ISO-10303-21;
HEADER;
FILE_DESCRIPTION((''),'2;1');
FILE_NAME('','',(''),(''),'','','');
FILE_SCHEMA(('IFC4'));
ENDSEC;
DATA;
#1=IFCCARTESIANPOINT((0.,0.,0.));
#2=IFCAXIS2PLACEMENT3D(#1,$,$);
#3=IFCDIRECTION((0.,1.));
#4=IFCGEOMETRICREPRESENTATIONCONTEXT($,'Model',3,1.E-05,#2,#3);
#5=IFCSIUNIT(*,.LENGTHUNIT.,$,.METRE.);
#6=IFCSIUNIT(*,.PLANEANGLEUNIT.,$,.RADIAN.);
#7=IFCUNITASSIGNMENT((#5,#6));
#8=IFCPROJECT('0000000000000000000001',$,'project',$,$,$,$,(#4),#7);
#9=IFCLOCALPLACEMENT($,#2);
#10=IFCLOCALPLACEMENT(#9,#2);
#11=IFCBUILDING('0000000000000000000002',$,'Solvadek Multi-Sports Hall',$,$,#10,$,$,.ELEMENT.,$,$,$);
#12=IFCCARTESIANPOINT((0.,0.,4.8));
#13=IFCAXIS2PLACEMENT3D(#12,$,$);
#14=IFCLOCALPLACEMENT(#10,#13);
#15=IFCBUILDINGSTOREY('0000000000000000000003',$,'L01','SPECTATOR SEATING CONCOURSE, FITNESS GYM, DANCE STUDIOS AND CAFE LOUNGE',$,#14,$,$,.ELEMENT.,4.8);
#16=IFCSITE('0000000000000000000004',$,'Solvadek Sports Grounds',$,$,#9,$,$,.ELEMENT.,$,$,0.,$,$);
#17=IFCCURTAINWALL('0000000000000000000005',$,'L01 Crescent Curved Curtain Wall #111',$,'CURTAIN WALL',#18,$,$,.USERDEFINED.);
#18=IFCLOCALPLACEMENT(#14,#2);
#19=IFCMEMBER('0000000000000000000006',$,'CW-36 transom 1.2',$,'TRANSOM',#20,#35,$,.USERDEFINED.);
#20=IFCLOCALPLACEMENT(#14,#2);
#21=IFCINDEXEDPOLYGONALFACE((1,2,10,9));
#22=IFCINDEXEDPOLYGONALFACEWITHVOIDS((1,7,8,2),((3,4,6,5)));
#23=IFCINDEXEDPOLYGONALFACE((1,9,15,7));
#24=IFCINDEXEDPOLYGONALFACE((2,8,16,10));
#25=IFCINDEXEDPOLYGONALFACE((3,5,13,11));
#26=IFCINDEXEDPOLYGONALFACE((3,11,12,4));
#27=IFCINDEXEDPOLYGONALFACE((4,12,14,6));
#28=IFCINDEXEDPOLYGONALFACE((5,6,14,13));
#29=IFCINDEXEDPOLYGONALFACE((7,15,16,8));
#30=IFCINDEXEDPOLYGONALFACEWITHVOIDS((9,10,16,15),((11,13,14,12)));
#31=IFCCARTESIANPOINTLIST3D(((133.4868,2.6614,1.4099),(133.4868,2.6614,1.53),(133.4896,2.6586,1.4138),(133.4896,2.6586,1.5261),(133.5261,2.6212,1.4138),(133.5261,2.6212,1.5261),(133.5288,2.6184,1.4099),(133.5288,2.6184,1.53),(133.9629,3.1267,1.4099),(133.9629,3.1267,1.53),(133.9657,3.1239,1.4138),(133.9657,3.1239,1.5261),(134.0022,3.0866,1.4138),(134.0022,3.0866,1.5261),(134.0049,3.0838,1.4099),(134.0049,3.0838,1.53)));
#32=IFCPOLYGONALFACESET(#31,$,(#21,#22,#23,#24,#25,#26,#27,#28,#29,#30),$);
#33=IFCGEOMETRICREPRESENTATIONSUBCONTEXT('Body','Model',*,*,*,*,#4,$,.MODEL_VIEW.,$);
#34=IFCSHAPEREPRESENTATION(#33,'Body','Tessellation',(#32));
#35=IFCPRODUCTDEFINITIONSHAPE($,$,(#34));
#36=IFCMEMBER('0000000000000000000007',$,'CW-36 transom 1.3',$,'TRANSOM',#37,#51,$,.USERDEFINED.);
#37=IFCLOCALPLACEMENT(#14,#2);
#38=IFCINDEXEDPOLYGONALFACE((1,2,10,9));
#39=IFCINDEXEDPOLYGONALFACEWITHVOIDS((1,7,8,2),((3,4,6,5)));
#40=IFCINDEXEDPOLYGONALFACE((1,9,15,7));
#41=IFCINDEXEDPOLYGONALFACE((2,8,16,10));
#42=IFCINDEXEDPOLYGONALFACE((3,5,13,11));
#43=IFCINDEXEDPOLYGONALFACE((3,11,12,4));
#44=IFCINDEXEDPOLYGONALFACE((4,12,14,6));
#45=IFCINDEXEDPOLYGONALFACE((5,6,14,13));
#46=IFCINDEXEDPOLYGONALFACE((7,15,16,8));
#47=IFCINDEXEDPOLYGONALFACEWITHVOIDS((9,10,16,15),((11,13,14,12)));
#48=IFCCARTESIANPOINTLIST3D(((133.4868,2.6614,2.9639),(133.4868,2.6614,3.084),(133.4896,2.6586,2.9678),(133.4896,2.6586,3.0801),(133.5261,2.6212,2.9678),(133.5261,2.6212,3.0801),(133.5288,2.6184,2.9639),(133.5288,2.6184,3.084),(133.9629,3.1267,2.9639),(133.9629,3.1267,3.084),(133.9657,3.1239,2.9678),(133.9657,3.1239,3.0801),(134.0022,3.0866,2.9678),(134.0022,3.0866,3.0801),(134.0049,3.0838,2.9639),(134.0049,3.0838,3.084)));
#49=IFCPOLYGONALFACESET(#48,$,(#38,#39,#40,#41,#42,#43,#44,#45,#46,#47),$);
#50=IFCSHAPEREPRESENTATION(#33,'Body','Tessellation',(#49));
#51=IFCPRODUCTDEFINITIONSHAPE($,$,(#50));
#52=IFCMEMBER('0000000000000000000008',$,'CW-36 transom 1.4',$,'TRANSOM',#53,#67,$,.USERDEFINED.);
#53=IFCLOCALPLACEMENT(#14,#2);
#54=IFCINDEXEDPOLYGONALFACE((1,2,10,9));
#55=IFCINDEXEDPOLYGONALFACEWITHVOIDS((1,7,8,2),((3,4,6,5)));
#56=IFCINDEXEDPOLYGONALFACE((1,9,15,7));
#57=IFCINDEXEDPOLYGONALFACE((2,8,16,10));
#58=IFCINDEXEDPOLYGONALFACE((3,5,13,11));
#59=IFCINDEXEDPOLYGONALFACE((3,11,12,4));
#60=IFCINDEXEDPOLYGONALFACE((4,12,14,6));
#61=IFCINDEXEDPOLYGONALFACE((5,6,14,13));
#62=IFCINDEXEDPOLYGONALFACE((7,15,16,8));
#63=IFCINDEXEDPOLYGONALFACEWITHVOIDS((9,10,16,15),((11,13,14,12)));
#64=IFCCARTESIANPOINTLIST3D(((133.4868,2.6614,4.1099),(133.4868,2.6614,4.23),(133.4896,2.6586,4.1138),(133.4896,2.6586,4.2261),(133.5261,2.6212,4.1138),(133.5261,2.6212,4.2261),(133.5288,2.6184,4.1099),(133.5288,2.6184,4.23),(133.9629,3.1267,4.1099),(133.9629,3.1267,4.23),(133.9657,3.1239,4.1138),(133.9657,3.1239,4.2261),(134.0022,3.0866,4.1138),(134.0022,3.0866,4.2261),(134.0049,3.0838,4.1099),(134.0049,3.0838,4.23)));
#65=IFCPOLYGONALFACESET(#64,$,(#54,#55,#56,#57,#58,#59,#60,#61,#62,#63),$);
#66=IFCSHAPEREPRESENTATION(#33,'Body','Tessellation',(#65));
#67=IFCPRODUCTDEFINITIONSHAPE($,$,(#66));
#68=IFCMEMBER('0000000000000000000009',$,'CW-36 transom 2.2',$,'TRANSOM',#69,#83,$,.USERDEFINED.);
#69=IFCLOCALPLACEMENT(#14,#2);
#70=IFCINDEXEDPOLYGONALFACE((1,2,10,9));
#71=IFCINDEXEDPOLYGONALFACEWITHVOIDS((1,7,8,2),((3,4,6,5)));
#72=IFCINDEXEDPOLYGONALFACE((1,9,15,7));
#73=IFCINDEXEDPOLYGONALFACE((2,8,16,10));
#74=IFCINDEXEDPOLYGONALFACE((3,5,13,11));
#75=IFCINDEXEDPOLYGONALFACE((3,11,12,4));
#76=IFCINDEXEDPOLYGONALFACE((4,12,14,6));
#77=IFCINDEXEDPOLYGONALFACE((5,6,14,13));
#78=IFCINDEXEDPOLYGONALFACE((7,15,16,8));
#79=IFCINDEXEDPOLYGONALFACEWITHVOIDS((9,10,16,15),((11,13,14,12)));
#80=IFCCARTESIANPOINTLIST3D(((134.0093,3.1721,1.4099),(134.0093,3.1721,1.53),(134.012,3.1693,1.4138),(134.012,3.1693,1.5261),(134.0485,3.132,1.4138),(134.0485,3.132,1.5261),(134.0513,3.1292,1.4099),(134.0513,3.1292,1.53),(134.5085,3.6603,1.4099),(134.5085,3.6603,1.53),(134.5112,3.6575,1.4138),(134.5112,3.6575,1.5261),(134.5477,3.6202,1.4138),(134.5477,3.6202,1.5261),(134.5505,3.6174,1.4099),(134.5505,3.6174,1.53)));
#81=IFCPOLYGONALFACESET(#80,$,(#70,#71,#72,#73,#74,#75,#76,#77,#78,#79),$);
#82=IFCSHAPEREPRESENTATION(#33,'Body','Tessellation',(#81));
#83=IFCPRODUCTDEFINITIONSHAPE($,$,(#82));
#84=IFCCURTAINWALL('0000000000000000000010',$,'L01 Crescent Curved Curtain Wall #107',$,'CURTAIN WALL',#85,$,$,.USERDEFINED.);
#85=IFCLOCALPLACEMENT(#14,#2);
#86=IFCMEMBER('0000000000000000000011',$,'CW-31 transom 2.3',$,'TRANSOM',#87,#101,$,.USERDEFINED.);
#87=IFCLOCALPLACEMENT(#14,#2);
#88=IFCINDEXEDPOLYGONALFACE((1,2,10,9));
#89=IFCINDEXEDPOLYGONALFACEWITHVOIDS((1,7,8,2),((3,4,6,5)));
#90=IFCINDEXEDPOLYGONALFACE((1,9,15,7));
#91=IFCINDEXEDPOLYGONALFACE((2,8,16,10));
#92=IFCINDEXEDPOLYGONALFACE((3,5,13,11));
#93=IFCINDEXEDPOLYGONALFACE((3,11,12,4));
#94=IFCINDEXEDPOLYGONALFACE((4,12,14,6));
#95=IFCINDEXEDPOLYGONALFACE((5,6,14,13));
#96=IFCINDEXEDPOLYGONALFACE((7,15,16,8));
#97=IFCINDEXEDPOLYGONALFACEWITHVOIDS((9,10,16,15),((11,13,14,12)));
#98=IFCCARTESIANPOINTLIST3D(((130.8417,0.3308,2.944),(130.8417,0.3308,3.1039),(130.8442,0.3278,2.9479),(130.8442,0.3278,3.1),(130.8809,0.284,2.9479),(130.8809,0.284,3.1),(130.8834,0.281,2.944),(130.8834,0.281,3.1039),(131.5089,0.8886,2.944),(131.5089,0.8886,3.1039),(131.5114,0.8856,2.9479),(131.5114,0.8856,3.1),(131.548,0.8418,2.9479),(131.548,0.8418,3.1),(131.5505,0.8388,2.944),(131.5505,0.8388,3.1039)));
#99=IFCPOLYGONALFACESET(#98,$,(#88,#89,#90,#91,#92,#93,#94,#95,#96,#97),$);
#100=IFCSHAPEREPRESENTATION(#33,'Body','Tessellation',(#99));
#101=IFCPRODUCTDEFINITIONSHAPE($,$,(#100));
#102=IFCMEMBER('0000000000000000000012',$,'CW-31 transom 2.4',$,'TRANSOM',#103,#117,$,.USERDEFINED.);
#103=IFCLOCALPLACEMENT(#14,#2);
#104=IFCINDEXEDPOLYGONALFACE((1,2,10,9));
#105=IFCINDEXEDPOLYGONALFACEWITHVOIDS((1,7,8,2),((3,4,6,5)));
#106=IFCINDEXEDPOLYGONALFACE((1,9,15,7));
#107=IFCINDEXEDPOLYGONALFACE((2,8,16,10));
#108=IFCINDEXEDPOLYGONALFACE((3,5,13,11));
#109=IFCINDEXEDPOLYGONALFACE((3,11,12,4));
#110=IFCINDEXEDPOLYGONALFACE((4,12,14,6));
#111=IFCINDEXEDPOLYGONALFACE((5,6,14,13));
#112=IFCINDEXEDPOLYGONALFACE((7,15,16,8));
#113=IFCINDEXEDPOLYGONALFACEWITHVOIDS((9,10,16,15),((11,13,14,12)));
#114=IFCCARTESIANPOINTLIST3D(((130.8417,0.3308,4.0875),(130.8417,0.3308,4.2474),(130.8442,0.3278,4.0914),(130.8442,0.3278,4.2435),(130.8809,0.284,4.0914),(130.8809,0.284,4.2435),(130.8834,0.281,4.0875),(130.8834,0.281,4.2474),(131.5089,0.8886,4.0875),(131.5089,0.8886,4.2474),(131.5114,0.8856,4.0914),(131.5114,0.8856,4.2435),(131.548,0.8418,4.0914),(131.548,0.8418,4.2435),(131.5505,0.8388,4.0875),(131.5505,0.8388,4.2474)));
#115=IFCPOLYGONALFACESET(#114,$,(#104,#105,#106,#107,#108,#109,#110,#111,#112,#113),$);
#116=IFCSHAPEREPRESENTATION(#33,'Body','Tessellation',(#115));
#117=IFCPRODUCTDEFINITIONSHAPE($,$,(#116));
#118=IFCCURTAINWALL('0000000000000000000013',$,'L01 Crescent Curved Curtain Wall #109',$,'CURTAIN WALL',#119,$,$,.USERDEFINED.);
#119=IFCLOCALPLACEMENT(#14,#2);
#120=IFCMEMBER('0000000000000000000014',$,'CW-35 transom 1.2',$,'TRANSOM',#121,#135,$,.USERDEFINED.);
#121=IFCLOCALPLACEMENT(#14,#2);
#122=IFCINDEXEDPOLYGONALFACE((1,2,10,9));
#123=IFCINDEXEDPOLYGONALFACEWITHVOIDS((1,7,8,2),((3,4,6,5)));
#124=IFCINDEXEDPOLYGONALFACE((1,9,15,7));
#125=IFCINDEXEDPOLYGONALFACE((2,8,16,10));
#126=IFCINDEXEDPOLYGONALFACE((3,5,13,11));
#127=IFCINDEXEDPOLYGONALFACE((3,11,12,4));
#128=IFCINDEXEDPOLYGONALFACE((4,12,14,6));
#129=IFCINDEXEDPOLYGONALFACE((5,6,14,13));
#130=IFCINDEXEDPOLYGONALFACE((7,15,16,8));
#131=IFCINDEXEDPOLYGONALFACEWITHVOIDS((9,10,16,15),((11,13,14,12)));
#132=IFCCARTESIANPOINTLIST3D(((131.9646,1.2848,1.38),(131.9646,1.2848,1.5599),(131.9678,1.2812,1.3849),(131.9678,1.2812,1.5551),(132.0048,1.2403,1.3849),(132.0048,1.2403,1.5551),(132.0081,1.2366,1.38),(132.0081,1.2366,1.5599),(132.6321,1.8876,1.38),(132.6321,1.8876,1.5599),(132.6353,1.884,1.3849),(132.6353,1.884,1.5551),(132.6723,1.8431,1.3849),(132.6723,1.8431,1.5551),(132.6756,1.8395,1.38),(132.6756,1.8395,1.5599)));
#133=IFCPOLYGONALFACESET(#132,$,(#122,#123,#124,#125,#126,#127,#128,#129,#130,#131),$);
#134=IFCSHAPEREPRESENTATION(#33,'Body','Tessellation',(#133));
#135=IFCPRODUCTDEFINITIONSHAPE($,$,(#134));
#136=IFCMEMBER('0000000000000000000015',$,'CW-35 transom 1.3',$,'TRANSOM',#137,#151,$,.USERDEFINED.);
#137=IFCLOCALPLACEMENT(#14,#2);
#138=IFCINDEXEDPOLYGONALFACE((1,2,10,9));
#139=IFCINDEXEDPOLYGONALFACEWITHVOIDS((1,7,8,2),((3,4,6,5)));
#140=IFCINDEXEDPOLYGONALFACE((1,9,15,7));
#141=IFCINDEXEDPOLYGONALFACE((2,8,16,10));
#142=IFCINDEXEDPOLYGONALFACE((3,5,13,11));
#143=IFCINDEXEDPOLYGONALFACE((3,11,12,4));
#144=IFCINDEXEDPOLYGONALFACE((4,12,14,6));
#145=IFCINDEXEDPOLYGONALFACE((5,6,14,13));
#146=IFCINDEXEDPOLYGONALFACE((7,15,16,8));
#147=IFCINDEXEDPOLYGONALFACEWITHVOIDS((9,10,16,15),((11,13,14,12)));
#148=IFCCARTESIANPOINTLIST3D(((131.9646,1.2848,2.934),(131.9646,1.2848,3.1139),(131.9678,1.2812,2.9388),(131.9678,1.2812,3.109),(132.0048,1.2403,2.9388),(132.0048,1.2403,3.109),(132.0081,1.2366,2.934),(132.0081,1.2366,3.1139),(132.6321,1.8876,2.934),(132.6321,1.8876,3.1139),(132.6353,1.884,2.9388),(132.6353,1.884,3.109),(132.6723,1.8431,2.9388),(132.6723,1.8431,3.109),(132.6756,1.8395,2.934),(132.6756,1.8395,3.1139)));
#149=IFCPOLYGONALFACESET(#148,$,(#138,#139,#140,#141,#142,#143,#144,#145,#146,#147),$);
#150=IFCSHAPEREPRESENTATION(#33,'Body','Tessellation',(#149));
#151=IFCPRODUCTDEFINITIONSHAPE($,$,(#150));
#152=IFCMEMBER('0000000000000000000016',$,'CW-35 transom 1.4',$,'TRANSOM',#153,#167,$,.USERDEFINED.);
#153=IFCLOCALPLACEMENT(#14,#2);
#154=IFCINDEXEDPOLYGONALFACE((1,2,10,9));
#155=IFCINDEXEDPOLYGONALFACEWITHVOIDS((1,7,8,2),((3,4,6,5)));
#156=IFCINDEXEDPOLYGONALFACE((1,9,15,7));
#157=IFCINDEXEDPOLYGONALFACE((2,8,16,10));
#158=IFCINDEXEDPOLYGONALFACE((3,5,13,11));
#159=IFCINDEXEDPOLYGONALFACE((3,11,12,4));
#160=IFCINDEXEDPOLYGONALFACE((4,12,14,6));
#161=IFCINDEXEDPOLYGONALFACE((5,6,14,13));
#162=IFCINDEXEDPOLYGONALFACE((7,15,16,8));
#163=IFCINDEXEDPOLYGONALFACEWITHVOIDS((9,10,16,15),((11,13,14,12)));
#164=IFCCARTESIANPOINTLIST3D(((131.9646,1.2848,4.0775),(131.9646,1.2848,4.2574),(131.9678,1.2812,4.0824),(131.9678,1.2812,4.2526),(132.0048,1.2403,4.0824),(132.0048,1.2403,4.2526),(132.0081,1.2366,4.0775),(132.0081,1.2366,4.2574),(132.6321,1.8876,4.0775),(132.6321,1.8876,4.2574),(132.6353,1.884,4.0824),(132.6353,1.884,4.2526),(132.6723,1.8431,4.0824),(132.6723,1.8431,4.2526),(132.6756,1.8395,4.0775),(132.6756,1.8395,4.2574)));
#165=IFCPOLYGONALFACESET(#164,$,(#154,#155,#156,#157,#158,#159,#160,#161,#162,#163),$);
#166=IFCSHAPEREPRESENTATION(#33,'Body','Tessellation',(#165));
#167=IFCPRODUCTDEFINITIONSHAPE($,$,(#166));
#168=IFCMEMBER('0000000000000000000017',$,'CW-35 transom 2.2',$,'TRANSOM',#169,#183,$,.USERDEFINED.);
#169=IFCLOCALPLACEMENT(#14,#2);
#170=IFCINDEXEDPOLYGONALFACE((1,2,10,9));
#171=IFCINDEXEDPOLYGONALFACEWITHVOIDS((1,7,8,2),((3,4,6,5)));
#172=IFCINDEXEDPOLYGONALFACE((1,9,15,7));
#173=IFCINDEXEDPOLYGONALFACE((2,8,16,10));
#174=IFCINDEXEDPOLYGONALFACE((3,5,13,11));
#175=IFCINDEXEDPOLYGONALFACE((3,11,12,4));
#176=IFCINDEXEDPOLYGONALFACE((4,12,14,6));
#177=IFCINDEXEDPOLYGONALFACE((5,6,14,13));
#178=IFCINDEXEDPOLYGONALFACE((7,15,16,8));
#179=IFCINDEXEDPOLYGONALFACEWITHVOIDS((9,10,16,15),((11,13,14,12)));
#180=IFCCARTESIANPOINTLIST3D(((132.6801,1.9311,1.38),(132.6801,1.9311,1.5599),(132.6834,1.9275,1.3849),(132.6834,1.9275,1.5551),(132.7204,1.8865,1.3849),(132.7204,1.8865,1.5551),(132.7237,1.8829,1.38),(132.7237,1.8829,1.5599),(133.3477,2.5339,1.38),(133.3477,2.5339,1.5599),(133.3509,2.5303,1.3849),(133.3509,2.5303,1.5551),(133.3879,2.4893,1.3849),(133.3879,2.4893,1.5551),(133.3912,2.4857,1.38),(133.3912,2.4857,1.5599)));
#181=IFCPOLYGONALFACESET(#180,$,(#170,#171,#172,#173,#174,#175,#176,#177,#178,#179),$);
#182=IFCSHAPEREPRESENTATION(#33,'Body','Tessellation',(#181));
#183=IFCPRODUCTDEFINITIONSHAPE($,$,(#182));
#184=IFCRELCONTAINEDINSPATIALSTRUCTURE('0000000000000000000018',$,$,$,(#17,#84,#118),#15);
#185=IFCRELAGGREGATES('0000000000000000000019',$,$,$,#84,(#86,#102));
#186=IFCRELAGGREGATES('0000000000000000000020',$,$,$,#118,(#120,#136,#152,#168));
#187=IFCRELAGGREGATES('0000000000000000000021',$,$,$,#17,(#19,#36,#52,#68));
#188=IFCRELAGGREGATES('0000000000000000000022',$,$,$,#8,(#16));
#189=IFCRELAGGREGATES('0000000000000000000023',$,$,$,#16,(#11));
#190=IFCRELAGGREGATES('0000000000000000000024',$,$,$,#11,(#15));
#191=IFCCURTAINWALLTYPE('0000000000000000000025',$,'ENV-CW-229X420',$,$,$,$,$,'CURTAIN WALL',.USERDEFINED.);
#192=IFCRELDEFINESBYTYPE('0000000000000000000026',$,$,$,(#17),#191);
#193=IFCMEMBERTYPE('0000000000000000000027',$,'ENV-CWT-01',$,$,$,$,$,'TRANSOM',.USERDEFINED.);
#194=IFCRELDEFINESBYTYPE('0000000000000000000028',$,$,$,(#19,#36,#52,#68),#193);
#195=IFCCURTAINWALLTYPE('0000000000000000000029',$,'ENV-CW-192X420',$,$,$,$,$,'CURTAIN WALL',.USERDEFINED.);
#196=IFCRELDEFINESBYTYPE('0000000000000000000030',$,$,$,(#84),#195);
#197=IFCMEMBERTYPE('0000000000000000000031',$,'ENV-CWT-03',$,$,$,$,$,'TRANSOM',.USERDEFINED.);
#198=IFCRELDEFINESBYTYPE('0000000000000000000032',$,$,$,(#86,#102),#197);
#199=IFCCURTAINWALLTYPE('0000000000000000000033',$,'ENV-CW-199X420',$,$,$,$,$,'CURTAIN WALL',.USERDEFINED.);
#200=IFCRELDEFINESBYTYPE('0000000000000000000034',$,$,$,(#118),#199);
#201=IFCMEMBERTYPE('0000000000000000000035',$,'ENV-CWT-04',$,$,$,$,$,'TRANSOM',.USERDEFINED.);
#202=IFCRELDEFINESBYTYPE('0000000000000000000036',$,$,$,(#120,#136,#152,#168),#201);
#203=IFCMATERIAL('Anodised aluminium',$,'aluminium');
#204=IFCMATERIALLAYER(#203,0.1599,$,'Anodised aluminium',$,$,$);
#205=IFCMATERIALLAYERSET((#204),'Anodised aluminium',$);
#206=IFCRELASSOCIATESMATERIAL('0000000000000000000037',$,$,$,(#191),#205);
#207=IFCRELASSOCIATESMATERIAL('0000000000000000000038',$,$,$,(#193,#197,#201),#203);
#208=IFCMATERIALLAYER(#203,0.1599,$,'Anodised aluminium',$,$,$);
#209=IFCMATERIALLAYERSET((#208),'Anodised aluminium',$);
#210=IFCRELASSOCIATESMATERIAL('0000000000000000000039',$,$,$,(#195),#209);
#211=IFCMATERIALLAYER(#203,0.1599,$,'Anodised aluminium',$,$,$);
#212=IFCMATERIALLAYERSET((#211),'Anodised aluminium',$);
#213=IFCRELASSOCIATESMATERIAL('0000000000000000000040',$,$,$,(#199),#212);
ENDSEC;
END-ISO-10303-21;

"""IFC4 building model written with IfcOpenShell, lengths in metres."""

from ifc_helpers import new_model, si_unit, direction, frame, origin, origin_2d, place, context, subcontext, project, spatial, hollow_rectangle, extrude, material, layer, layer_set, material_profile, profile_set, type_object, element, aggregate, save


model = new_model("IFC4")

# Units and contexts
model_context = context("Model", 3, precision=1e-05, world=origin(), true_north=direction((0.0, 1.0)))
body_context = subcontext(model_context, "Body", "Model", "MODEL_VIEW")
ifc_project = project(units=[si_unit("LENGTHUNIT", "METRE"), si_unit("PLANEANGLEUNIT", "RADIAN")], contexts=[model_context])

# Site, building, storey
site_placement = place(None, origin())
site = spatial("IfcSite", under=ifc_project, at=site_placement, Name="Solvadek Sports Grounds", CompositionType="ELEMENT", RefElevation=0.0)
building_placement = place(site_placement, origin())
building = spatial("IfcBuilding", under=site, at=building_placement, Name="Solvadek Multi-Sports Hall", CompositionType="ELEMENT")
storey_placement = place(building_placement, frame((0.0, 0.0, 4.8)))
storey = spatial("IfcBuildingStorey", under=building, at=storey_placement, Name="L01", Description="SPECTATOR SEATING CONCOURSE, FITNESS GYM, DANCE STUDIOS AND CAFE LOUNGE", CompositionType="ELEMENT", Elevation=4.8)

# Curtain walls, members
ifc_material_1 = material(Name="Anodised aluminium", Category="aluminium")
ifc_layer_1 = layer(ifc_material_1, 0.1599, Name="Anodised aluminium")
ifc_layer_set_1 = layer_set([ifc_layer_1], Name="Anodised aluminium")
curtain_wall_type_1 = type_object("IfcCurtainWallType", Name="ENV-CW-229X420", ElementType="CURTAIN WALL", PredefinedType="USERDEFINED", material=ifc_layer_set_1)
curtain_wall_1_placement = place(storey_placement, origin())
curtain_wall_1 = element("IfcCurtainWall", 1, at=curtain_wall_1_placement, inside=storey, type_object=curtain_wall_type_1, Name="L01 Crescent Curved Curtain Wall #111", ObjectType="CURTAIN WALL", PredefinedType="USERDEFINED")
ifc_material_profile_1 = material_profile(ifc_material_1, hollow_rectangle(XDim=0.0601, YDim=0.1201, WallThickness=0.0039, at=origin_2d()), Name="ALU-T 120x60x4")
ifc_profile_set_1 = profile_set([ifc_material_profile_1], Name="Anodised aluminium")
member_type_1 = type_object("IfcMemberType", Name="ENV-CWT-01", ElementType="TRANSOM", PredefinedType="USERDEFINED", material=ifc_profile_set_1)
member_1_placement = place(storey_placement, frame((133.5078, 2.6399, 1.47), z_axis=(0.715129, 0.698993, 0.0), x_axis=(-0.698993, 0.715129, 0.0)))
member_1 = element("IfcMember", 2, at=member_1_placement, type_object=member_type_1, Name="CW-36 transom 1.2", ObjectType="TRANSOM", PredefinedType="USERDEFINED", context=body_context, shape_type="SweptSolid", body=[
    extrude(hollow_rectangle(XDim=0.0601, YDim=0.1201, WallThickness=0.0039, at=origin_2d()), origin(), (0.0, 0.0, 1.0), 0.6658),
])
member_2_placement = place(storey_placement, frame((133.5078, 2.6399, 3.0239), z_axis=(0.715129, 0.698993, 0.0), x_axis=(-0.698993, 0.715129, 0.0)))
member_2 = element("IfcMember", 3, at=member_2_placement, type_object=member_type_1, Name="CW-36 transom 1.3", ObjectType="TRANSOM", PredefinedType="USERDEFINED", context=body_context, shape_type="SweptSolid", body=[
    extrude(hollow_rectangle(XDim=0.0601, YDim=0.1201, WallThickness=0.0039, at=origin_2d()), origin(), (0.0, 0.0, 1.0), 0.6658),
])
member_3_placement = place(storey_placement, frame((133.5078, 2.6399, 4.1699), z_axis=(0.715129, 0.698993, 0.0), x_axis=(-0.698993, 0.715129, 0.0)))
member_3 = element("IfcMember", 4, at=member_3_placement, type_object=member_type_1, Name="CW-36 transom 1.4", ObjectType="TRANSOM", PredefinedType="USERDEFINED", context=body_context, shape_type="SweptSolid", body=[
    extrude(hollow_rectangle(XDim=0.0601, YDim=0.1201, WallThickness=0.0039, at=origin_2d()), origin(), (0.0, 0.0, 1.0), 0.6658),
])
member_4_placement = place(storey_placement, frame((134.0303, 3.1506, 1.47), z_axis=(0.714929, 0.699197, 0.0), x_axis=(-0.699197, 0.714929, 0.0)))
member_4 = element("IfcMember", 5, at=member_4_placement, type_object=member_type_1, Name="CW-36 transom 2.2", ObjectType="TRANSOM", PredefinedType="USERDEFINED", context=body_context, shape_type="SweptSolid", body=[
    extrude(hollow_rectangle(XDim=0.0601, YDim=0.1201, WallThickness=0.0039, at=origin_2d()), origin(), (0.0, 0.0, 1.0), 0.6982),
])
ifc_layer_2 = layer(ifc_material_1, 0.1599, Name="Anodised aluminium")
ifc_layer_set_2 = layer_set([ifc_layer_2], Name="Anodised aluminium")
curtain_wall_type_2 = type_object("IfcCurtainWallType", Name="ENV-CW-192X420", ElementType="CURTAIN WALL", PredefinedType="USERDEFINED", material=ifc_layer_set_2)
curtain_wall_2_placement = place(storey_placement, origin())
curtain_wall_2 = element("IfcCurtainWall", 6, at=curtain_wall_2_placement, inside=storey, type_object=curtain_wall_type_2, Name="L01 Crescent Curved Curtain Wall #107", ObjectType="CURTAIN WALL", PredefinedType="USERDEFINED")
ifc_material_profile_2 = material_profile(ifc_material_1, hollow_rectangle(XDim=0.0649, YDim=0.1599, WallThickness=0.0039, at=origin_2d()), Name="ALU-T 160x65x4")
ifc_profile_set_2 = profile_set([ifc_material_profile_2], Name="Anodised aluminium")
member_type_2 = type_object("IfcMemberType", Name="ENV-CWT-03", ElementType="TRANSOM", PredefinedType="USERDEFINED", material=ifc_profile_set_2)
member_5_placement = place(storey_placement, frame((130.8625, 0.3059, 3.0239), z_axis=(0.767185, 0.641426, 0.0), x_axis=(-0.641426, 0.767185, 0.0)))
member_5 = element("IfcMember", 7, at=member_5_placement, type_object=member_type_2, Name="CW-31 transom 2.3", ObjectType="TRANSOM", PredefinedType="USERDEFINED", context=body_context, shape_type="SweptSolid", body=[
    extrude(hollow_rectangle(XDim=0.0649, YDim=0.1599, WallThickness=0.0039, at=origin_2d()), origin(), (0.0, 0.0, 1.0), 0.8696),
])
member_6_placement = place(storey_placement, frame((130.8625, 0.3059, 4.1675), z_axis=(0.767185, 0.641426, 0.0), x_axis=(-0.641426, 0.767185, 0.0)))
member_6 = element("IfcMember", 8, at=member_6_placement, type_object=member_type_2, Name="CW-31 transom 2.4", ObjectType="TRANSOM", PredefinedType="USERDEFINED", context=body_context, shape_type="SweptSolid", body=[
    extrude(hollow_rectangle(XDim=0.0649, YDim=0.1599, WallThickness=0.0039, at=origin_2d()), origin(), (0.0, 0.0, 1.0), 0.8696),
])
ifc_layer_3 = layer(ifc_material_1, 0.1599, Name="Anodised aluminium")
ifc_layer_set_3 = layer_set([ifc_layer_3], Name="Anodised aluminium")
curtain_wall_type_3 = type_object("IfcCurtainWallType", Name="ENV-CW-199X420", ElementType="CURTAIN WALL", PredefinedType="USERDEFINED", material=ifc_layer_set_3)
curtain_wall_3_placement = place(storey_placement, origin())
curtain_wall_3 = element("IfcCurtainWall", 9, at=curtain_wall_3_placement, inside=storey, type_object=curtain_wall_type_3, Name="L01 Crescent Curved Curtain Wall #109", ObjectType="CURTAIN WALL", PredefinedType="USERDEFINED")
ifc_material_profile_3 = material_profile(ifc_material_1, hollow_rectangle(XDim=0.0649, YDim=0.1799, WallThickness=0.0049, at=origin_2d()), Name="ALU-T 180x65x5")
ifc_profile_set_3 = profile_set([ifc_material_profile_3], Name="Anodised aluminium")
member_type_3 = type_object("IfcMemberType", Name="ENV-CWT-04", ElementType="TRANSOM", PredefinedType="USERDEFINED", material=ifc_profile_set_3)
member_7_placement = place(storey_placement, frame((131.9863, 1.2607, 1.47), z_axis=(0.742159, 0.670224, 0.0), x_axis=(-0.670224, 0.742159, 0.0)))
member_7 = element("IfcMember", 10, at=member_7_placement, type_object=member_type_3, Name="CW-35 transom 1.2", ObjectType="TRANSOM", PredefinedType="USERDEFINED", context=body_context, shape_type="SweptSolid", body=[
    extrude(hollow_rectangle(XDim=0.0649, YDim=0.1799, WallThickness=0.0049, at=origin_2d()), origin(), (0.0, 0.0, 1.0), 0.8994),
])
member_8_placement = place(storey_placement, frame((131.9863, 1.2607, 3.0239), z_axis=(0.742159, 0.670224, 0.0), x_axis=(-0.670224, 0.742159, 0.0)))
member_8 = element("IfcMember", 11, at=member_8_placement, type_object=member_type_3, Name="CW-35 transom 1.3", ObjectType="TRANSOM", PredefinedType="USERDEFINED", context=body_context, shape_type="SweptSolid", body=[
    extrude(hollow_rectangle(XDim=0.0649, YDim=0.1799, WallThickness=0.0049, at=origin_2d()), origin(), (0.0, 0.0, 1.0), 0.8994),
])
member_9_placement = place(storey_placement, frame((131.9863, 1.2607, 4.1675), z_axis=(0.742159, 0.670224, 0.0), x_axis=(-0.670224, 0.742159, 0.0)))
member_9 = element("IfcMember", 12, at=member_9_placement, type_object=member_type_3, Name="CW-35 transom 1.4", ObjectType="TRANSOM", PredefinedType="USERDEFINED", context=body_context, shape_type="SweptSolid", body=[
    extrude(hollow_rectangle(XDim=0.0649, YDim=0.1799, WallThickness=0.0049, at=origin_2d()), origin(), (0.0, 0.0, 1.0), 0.8994),
])
member_10_placement = place(storey_placement, frame((132.7019, 1.907, 1.47), z_axis=(0.742159, 0.670224, 0.0), x_axis=(-0.670224, 0.742159, 0.0)))
member_10 = element("IfcMember", 13, at=member_10_placement, type_object=member_type_3, Name="CW-35 transom 2.2", ObjectType="TRANSOM", PredefinedType="USERDEFINED", context=body_context, shape_type="SweptSolid", body=[
    extrude(hollow_rectangle(XDim=0.0649, YDim=0.1799, WallThickness=0.0049, at=origin_2d()), origin(), (0.0, 0.0, 1.0), 0.8994),
])

aggregate(curtain_wall_2, [member_5, member_6])
aggregate(curtain_wall_3, [member_7, member_8, member_9, member_10])
aggregate(curtain_wall_1, [member_1, member_2, member_3, member_4])

save(model, "model.ifc")
